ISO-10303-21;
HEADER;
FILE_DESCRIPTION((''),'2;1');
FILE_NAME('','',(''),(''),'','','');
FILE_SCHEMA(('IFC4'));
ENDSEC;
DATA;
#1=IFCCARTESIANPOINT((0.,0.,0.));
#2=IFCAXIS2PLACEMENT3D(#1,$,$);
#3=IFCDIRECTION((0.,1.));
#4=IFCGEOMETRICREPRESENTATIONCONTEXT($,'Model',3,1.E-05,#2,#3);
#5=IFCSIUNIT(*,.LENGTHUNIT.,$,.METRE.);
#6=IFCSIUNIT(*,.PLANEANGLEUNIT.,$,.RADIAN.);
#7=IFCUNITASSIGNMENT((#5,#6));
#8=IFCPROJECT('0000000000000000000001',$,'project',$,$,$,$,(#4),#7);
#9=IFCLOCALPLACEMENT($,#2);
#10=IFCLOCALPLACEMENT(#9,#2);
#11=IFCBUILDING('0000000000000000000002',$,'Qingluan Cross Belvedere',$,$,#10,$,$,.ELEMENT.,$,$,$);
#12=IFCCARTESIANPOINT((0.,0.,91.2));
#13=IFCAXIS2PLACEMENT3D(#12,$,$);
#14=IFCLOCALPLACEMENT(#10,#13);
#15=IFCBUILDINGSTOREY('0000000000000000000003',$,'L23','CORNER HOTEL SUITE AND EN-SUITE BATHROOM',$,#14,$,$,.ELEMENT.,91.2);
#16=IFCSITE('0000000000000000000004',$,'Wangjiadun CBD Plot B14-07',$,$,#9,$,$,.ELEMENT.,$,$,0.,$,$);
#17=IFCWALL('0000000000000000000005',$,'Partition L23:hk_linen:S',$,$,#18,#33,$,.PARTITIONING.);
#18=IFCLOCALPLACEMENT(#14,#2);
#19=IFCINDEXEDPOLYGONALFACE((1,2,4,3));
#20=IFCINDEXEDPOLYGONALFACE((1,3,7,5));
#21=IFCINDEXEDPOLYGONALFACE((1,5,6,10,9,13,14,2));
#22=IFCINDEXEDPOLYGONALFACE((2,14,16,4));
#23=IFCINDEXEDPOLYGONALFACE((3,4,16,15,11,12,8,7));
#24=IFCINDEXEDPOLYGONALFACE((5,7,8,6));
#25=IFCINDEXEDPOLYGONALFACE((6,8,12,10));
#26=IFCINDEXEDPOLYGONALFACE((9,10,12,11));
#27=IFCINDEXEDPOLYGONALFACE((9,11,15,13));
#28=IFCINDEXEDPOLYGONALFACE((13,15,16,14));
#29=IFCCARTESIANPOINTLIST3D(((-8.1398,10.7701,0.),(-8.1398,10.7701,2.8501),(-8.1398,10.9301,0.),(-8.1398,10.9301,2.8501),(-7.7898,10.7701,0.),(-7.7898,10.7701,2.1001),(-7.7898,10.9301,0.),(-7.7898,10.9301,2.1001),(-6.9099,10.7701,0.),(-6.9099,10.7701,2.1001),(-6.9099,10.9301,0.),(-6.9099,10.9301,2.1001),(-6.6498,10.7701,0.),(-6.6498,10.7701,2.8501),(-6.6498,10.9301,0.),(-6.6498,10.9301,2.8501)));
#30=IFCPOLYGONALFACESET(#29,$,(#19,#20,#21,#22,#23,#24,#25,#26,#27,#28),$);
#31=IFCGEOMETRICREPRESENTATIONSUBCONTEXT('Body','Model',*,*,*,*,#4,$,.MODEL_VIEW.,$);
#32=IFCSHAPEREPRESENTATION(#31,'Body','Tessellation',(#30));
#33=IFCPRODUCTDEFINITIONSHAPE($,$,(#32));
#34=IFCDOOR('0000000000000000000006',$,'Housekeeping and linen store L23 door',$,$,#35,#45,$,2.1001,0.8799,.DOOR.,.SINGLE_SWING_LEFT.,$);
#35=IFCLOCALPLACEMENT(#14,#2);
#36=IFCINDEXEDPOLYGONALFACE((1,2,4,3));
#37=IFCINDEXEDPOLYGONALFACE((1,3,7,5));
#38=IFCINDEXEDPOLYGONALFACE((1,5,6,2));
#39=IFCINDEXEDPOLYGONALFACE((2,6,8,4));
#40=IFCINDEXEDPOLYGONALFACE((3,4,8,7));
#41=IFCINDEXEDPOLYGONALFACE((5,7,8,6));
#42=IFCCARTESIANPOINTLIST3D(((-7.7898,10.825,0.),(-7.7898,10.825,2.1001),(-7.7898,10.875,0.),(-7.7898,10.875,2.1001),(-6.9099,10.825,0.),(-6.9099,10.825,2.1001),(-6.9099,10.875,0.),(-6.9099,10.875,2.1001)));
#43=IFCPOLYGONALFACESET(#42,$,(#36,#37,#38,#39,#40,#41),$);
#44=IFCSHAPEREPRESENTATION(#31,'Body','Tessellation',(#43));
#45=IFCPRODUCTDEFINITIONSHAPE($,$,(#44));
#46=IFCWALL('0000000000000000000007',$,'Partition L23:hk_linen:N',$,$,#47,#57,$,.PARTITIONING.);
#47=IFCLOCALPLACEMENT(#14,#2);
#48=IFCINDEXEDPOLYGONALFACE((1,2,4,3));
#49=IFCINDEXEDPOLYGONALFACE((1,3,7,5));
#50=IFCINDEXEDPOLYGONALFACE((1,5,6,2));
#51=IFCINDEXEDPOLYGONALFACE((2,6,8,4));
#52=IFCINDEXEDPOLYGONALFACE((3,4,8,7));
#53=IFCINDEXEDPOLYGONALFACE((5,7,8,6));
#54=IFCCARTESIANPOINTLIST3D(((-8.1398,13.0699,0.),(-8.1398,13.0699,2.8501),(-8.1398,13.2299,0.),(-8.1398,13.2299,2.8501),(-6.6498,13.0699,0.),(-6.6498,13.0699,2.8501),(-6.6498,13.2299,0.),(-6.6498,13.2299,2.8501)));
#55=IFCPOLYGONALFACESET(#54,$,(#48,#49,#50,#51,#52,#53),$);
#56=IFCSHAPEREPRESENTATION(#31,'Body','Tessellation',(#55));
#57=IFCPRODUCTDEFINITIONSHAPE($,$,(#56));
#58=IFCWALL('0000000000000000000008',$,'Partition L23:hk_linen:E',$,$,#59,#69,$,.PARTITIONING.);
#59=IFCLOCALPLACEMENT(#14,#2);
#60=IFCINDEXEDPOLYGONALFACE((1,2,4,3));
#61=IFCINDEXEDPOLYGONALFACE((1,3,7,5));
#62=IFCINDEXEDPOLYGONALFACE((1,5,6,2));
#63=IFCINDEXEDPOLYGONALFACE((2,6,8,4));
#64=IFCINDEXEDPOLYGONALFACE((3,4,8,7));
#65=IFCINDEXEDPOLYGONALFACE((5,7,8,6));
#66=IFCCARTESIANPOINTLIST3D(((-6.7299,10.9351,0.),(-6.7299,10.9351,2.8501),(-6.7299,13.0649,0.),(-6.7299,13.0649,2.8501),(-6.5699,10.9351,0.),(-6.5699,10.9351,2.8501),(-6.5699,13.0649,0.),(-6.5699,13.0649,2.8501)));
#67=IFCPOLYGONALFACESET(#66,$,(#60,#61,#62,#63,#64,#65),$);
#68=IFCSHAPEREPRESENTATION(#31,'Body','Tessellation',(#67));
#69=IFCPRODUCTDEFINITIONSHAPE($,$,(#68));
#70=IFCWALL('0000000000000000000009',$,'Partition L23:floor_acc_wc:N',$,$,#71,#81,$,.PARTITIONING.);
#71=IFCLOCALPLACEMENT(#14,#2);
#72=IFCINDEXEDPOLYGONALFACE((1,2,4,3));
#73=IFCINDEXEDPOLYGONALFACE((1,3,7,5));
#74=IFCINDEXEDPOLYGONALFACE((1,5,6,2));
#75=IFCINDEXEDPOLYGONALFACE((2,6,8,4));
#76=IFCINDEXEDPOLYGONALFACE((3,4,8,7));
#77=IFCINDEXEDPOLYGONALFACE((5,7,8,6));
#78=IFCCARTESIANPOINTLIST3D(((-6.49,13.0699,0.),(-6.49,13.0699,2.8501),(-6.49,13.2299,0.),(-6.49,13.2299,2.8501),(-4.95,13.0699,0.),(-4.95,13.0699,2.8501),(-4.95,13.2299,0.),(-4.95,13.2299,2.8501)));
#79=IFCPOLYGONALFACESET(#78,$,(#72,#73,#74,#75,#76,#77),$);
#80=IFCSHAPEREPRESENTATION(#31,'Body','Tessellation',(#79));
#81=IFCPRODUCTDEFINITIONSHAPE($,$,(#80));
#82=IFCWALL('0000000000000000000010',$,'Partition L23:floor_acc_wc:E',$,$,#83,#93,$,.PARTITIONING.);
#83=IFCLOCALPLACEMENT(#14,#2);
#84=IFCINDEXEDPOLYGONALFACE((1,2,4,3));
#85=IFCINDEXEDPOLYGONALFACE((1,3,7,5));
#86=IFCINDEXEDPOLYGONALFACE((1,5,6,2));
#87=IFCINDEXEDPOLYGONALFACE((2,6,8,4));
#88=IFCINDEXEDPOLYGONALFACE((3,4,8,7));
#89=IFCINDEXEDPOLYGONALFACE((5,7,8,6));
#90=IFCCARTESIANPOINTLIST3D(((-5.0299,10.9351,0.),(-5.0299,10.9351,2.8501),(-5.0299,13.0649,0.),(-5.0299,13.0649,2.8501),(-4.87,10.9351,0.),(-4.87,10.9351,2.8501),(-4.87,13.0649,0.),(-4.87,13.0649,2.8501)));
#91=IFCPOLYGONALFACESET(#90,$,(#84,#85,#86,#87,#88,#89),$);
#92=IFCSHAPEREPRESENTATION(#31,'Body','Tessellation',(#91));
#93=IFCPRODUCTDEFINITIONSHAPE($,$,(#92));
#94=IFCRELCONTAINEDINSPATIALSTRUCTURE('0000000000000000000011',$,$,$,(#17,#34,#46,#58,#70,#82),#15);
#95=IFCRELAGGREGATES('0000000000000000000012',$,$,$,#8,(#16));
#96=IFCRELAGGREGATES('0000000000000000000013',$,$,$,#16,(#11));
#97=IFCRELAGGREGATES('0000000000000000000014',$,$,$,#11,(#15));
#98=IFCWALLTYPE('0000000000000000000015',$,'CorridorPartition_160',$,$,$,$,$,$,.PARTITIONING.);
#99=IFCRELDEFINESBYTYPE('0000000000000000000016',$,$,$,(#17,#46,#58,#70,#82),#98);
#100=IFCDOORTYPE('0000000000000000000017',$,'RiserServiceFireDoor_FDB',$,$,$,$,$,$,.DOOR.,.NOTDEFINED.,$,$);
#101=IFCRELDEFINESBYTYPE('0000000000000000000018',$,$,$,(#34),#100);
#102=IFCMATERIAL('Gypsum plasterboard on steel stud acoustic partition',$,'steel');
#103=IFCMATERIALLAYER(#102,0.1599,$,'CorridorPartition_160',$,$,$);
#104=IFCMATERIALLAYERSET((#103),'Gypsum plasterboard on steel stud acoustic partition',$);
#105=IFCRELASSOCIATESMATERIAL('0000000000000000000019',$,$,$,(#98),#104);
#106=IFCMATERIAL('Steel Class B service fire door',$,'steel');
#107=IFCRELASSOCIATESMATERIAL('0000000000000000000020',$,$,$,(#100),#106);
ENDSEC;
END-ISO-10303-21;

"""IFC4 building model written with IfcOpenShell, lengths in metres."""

from ifc_helpers import new_model, si_unit, direction, frame, frame_2d, origin, place, context, subcontext, project, spatial, rectangle, extrude, material, layer, layer_set, type_object, element, fill, save


model = new_model("IFC4")

# Units and contexts
model_context = context("Model", 3, precision=1e-05, world=origin(), true_north=direction((0.0, 1.0)))
body_context = subcontext(model_context, "Body", "Model", "MODEL_VIEW")
ifc_project = project(units=[si_unit("LENGTHUNIT", "METRE"), si_unit("PLANEANGLEUNIT", "RADIAN")], contexts=[model_context])

# Site, building, storey
site_placement = place(None, origin())
site = spatial("IfcSite", under=ifc_project, at=site_placement, Name="Wangjiadun CBD Plot B14-07", CompositionType="ELEMENT", RefElevation=0.0)
building_placement = place(site_placement, origin())
building = spatial("IfcBuilding", under=site, at=building_placement, Name="Qingluan Cross Belvedere", CompositionType="ELEMENT")
storey_placement = place(building_placement, frame((0.0, 0.0, 91.2)))
storey = spatial("IfcBuildingStorey", under=building, at=storey_placement, Name="L23", Description="CORNER HOTEL SUITE AND EN-SUITE BATHROOM", CompositionType="ELEMENT", Elevation=91.2)

# Shared definitions
ifc_material_1 = material(Name="Gypsum plasterboard on steel stud acoustic partition", Category="steel")
ifc_layer_1 = layer(ifc_material_1, 0.1599, Name="CorridorPartition_160")
ifc_layer_set_1 = layer_set([ifc_layer_1], Name="Gypsum plasterboard on steel stud acoustic partition")
wall_type_1 = type_object("IfcWallType", Name="CorridorPartition_160", PredefinedType="PARTITIONING", material=ifc_layer_set_1)

# Wall, opening, door
wall_1_placement = place(storey_placement, frame((-8.1399, 10.8501, 0.0), z_axis=(0.0, 0.0, 1.0), x_axis=(1.0, 0.0, 0.0)))
wall_1 = element("IfcWall", 1, at=wall_1_placement, inside=storey, type_object=wall_type_1, Name="Partition L23:hk_linen:S", PredefinedType="PARTITIONING", context=body_context, shape_type="SweptSolid", body=[
    extrude(rectangle(XDim=1.49, YDim=0.1599, at=frame_2d((0.7451, 0.0))), origin(), (0.0, 0.0, 1.0), 2.8501),
])
opening_1_placement = place(wall_1_placement, frame((0.3501, 0.0, 0.0)))
opening_1 = element("IfcOpeningElement", 2, at=opening_1_placement, cuts=wall_1, PredefinedType="OPENING", context=body_context, shape_type="SweptSolid", body=[
    extrude(rectangle(XDim=0.8799, YDim=2.1001, at=frame_2d((0.4399, 1.05))), frame((0.0, 0.0898, 0.0), z_axis=(0.0, -1.0, 0.0), x_axis=(1.0, 0.0, 0.0)), (0.0, 0.0, 1.0), 0.1799),
])
ifc_material_2 = material(Name="Steel Class B service fire door", Category="steel")
door_type_1 = type_object("IfcDoorType", Name="RiserServiceFireDoor_FDB", OperationType="NOTDEFINED", PredefinedType="DOOR", material=ifc_material_2)
door_1_placement = place(opening_1_placement, origin())
door_1 = element("IfcDoor", 3, at=door_1_placement, inside=storey, type_object=door_type_1, Name="Housekeeping and linen store L23 door", OperationType="SINGLE_SWING_LEFT", OverallHeight=2.1001, OverallWidth=0.8799, PredefinedType="DOOR", context=body_context, shape_type="SweptSolid", body=[
    extrude(rectangle(XDim=0.8799, YDim=2.1001, at=frame_2d((0.4399, 1.05))), frame((0.0, 0.0249, 0.0), z_axis=(0.0, -1.0, 0.0), x_axis=(1.0, 0.0, 0.0)), (0.0, 0.0, 1.0), 0.05),
])
fill(opening_1, door_1)

# Walls
wall_2_placement = place(storey_placement, frame((-8.1399, 13.1499, 0.0), z_axis=(0.0, 0.0, 1.0), x_axis=(1.0, 0.0, 0.0)))
element("IfcWall", 4, at=wall_2_placement, inside=storey, type_object=wall_type_1, Name="Partition L23:hk_linen:N", PredefinedType="PARTITIONING", context=body_context, shape_type="SweptSolid", body=[
    extrude(rectangle(XDim=1.49, YDim=0.1599, at=frame_2d((0.7451, 0.0))), origin(), (0.0, 0.0, 1.0), 2.8501),
])
wall_3_placement = place(storey_placement, frame((-6.6499, 10.9351, 0.0), z_axis=(0.0, 0.0, 1.0), x_axis=(0.0, 1.0, 0.0)))
element("IfcWall", 5, at=wall_3_placement, inside=storey, type_object=wall_type_1, Name="Partition L23:hk_linen:E", PredefinedType="PARTITIONING", context=body_context, shape_type="SweptSolid", body=[
    extrude(rectangle(XDim=2.1299, YDim=0.1599, at=frame_2d((1.0649, 0.0))), origin(), (0.0, 0.0, 1.0), 2.8501),
])

# Walls
wall_4_placement = place(storey_placement, frame((-6.49, 13.1499, 0.0), z_axis=(0.0, 0.0, 1.0), x_axis=(1.0, 0.0, 0.0)))
element("IfcWall", 6, at=wall_4_placement, inside=storey, type_object=wall_type_1, Name="Partition L23:floor_acc_wc:N", PredefinedType="PARTITIONING", context=body_context, shape_type="SweptSolid", body=[
    extrude(rectangle(XDim=1.54, YDim=0.1599, at=frame_2d((0.77, 0.0))), origin(), (0.0, 0.0, 1.0), 2.8501),
])
wall_5_placement = place(storey_placement, frame((-4.95, 10.9351, 0.0), z_axis=(0.0, 0.0, 1.0), x_axis=(0.0, 1.0, 0.0)))
element("IfcWall", 7, at=wall_5_placement, inside=storey, type_object=wall_type_1, Name="Partition L23:floor_acc_wc:E", PredefinedType="PARTITIONING", context=body_context, shape_type="SweptSolid", body=[
    extrude(rectangle(XDim=2.1299, YDim=0.1599, at=frame_2d((1.0649, 0.0))), origin(), (0.0, 0.0, 1.0), 2.8501),
])

save(model, "model.ifc")
